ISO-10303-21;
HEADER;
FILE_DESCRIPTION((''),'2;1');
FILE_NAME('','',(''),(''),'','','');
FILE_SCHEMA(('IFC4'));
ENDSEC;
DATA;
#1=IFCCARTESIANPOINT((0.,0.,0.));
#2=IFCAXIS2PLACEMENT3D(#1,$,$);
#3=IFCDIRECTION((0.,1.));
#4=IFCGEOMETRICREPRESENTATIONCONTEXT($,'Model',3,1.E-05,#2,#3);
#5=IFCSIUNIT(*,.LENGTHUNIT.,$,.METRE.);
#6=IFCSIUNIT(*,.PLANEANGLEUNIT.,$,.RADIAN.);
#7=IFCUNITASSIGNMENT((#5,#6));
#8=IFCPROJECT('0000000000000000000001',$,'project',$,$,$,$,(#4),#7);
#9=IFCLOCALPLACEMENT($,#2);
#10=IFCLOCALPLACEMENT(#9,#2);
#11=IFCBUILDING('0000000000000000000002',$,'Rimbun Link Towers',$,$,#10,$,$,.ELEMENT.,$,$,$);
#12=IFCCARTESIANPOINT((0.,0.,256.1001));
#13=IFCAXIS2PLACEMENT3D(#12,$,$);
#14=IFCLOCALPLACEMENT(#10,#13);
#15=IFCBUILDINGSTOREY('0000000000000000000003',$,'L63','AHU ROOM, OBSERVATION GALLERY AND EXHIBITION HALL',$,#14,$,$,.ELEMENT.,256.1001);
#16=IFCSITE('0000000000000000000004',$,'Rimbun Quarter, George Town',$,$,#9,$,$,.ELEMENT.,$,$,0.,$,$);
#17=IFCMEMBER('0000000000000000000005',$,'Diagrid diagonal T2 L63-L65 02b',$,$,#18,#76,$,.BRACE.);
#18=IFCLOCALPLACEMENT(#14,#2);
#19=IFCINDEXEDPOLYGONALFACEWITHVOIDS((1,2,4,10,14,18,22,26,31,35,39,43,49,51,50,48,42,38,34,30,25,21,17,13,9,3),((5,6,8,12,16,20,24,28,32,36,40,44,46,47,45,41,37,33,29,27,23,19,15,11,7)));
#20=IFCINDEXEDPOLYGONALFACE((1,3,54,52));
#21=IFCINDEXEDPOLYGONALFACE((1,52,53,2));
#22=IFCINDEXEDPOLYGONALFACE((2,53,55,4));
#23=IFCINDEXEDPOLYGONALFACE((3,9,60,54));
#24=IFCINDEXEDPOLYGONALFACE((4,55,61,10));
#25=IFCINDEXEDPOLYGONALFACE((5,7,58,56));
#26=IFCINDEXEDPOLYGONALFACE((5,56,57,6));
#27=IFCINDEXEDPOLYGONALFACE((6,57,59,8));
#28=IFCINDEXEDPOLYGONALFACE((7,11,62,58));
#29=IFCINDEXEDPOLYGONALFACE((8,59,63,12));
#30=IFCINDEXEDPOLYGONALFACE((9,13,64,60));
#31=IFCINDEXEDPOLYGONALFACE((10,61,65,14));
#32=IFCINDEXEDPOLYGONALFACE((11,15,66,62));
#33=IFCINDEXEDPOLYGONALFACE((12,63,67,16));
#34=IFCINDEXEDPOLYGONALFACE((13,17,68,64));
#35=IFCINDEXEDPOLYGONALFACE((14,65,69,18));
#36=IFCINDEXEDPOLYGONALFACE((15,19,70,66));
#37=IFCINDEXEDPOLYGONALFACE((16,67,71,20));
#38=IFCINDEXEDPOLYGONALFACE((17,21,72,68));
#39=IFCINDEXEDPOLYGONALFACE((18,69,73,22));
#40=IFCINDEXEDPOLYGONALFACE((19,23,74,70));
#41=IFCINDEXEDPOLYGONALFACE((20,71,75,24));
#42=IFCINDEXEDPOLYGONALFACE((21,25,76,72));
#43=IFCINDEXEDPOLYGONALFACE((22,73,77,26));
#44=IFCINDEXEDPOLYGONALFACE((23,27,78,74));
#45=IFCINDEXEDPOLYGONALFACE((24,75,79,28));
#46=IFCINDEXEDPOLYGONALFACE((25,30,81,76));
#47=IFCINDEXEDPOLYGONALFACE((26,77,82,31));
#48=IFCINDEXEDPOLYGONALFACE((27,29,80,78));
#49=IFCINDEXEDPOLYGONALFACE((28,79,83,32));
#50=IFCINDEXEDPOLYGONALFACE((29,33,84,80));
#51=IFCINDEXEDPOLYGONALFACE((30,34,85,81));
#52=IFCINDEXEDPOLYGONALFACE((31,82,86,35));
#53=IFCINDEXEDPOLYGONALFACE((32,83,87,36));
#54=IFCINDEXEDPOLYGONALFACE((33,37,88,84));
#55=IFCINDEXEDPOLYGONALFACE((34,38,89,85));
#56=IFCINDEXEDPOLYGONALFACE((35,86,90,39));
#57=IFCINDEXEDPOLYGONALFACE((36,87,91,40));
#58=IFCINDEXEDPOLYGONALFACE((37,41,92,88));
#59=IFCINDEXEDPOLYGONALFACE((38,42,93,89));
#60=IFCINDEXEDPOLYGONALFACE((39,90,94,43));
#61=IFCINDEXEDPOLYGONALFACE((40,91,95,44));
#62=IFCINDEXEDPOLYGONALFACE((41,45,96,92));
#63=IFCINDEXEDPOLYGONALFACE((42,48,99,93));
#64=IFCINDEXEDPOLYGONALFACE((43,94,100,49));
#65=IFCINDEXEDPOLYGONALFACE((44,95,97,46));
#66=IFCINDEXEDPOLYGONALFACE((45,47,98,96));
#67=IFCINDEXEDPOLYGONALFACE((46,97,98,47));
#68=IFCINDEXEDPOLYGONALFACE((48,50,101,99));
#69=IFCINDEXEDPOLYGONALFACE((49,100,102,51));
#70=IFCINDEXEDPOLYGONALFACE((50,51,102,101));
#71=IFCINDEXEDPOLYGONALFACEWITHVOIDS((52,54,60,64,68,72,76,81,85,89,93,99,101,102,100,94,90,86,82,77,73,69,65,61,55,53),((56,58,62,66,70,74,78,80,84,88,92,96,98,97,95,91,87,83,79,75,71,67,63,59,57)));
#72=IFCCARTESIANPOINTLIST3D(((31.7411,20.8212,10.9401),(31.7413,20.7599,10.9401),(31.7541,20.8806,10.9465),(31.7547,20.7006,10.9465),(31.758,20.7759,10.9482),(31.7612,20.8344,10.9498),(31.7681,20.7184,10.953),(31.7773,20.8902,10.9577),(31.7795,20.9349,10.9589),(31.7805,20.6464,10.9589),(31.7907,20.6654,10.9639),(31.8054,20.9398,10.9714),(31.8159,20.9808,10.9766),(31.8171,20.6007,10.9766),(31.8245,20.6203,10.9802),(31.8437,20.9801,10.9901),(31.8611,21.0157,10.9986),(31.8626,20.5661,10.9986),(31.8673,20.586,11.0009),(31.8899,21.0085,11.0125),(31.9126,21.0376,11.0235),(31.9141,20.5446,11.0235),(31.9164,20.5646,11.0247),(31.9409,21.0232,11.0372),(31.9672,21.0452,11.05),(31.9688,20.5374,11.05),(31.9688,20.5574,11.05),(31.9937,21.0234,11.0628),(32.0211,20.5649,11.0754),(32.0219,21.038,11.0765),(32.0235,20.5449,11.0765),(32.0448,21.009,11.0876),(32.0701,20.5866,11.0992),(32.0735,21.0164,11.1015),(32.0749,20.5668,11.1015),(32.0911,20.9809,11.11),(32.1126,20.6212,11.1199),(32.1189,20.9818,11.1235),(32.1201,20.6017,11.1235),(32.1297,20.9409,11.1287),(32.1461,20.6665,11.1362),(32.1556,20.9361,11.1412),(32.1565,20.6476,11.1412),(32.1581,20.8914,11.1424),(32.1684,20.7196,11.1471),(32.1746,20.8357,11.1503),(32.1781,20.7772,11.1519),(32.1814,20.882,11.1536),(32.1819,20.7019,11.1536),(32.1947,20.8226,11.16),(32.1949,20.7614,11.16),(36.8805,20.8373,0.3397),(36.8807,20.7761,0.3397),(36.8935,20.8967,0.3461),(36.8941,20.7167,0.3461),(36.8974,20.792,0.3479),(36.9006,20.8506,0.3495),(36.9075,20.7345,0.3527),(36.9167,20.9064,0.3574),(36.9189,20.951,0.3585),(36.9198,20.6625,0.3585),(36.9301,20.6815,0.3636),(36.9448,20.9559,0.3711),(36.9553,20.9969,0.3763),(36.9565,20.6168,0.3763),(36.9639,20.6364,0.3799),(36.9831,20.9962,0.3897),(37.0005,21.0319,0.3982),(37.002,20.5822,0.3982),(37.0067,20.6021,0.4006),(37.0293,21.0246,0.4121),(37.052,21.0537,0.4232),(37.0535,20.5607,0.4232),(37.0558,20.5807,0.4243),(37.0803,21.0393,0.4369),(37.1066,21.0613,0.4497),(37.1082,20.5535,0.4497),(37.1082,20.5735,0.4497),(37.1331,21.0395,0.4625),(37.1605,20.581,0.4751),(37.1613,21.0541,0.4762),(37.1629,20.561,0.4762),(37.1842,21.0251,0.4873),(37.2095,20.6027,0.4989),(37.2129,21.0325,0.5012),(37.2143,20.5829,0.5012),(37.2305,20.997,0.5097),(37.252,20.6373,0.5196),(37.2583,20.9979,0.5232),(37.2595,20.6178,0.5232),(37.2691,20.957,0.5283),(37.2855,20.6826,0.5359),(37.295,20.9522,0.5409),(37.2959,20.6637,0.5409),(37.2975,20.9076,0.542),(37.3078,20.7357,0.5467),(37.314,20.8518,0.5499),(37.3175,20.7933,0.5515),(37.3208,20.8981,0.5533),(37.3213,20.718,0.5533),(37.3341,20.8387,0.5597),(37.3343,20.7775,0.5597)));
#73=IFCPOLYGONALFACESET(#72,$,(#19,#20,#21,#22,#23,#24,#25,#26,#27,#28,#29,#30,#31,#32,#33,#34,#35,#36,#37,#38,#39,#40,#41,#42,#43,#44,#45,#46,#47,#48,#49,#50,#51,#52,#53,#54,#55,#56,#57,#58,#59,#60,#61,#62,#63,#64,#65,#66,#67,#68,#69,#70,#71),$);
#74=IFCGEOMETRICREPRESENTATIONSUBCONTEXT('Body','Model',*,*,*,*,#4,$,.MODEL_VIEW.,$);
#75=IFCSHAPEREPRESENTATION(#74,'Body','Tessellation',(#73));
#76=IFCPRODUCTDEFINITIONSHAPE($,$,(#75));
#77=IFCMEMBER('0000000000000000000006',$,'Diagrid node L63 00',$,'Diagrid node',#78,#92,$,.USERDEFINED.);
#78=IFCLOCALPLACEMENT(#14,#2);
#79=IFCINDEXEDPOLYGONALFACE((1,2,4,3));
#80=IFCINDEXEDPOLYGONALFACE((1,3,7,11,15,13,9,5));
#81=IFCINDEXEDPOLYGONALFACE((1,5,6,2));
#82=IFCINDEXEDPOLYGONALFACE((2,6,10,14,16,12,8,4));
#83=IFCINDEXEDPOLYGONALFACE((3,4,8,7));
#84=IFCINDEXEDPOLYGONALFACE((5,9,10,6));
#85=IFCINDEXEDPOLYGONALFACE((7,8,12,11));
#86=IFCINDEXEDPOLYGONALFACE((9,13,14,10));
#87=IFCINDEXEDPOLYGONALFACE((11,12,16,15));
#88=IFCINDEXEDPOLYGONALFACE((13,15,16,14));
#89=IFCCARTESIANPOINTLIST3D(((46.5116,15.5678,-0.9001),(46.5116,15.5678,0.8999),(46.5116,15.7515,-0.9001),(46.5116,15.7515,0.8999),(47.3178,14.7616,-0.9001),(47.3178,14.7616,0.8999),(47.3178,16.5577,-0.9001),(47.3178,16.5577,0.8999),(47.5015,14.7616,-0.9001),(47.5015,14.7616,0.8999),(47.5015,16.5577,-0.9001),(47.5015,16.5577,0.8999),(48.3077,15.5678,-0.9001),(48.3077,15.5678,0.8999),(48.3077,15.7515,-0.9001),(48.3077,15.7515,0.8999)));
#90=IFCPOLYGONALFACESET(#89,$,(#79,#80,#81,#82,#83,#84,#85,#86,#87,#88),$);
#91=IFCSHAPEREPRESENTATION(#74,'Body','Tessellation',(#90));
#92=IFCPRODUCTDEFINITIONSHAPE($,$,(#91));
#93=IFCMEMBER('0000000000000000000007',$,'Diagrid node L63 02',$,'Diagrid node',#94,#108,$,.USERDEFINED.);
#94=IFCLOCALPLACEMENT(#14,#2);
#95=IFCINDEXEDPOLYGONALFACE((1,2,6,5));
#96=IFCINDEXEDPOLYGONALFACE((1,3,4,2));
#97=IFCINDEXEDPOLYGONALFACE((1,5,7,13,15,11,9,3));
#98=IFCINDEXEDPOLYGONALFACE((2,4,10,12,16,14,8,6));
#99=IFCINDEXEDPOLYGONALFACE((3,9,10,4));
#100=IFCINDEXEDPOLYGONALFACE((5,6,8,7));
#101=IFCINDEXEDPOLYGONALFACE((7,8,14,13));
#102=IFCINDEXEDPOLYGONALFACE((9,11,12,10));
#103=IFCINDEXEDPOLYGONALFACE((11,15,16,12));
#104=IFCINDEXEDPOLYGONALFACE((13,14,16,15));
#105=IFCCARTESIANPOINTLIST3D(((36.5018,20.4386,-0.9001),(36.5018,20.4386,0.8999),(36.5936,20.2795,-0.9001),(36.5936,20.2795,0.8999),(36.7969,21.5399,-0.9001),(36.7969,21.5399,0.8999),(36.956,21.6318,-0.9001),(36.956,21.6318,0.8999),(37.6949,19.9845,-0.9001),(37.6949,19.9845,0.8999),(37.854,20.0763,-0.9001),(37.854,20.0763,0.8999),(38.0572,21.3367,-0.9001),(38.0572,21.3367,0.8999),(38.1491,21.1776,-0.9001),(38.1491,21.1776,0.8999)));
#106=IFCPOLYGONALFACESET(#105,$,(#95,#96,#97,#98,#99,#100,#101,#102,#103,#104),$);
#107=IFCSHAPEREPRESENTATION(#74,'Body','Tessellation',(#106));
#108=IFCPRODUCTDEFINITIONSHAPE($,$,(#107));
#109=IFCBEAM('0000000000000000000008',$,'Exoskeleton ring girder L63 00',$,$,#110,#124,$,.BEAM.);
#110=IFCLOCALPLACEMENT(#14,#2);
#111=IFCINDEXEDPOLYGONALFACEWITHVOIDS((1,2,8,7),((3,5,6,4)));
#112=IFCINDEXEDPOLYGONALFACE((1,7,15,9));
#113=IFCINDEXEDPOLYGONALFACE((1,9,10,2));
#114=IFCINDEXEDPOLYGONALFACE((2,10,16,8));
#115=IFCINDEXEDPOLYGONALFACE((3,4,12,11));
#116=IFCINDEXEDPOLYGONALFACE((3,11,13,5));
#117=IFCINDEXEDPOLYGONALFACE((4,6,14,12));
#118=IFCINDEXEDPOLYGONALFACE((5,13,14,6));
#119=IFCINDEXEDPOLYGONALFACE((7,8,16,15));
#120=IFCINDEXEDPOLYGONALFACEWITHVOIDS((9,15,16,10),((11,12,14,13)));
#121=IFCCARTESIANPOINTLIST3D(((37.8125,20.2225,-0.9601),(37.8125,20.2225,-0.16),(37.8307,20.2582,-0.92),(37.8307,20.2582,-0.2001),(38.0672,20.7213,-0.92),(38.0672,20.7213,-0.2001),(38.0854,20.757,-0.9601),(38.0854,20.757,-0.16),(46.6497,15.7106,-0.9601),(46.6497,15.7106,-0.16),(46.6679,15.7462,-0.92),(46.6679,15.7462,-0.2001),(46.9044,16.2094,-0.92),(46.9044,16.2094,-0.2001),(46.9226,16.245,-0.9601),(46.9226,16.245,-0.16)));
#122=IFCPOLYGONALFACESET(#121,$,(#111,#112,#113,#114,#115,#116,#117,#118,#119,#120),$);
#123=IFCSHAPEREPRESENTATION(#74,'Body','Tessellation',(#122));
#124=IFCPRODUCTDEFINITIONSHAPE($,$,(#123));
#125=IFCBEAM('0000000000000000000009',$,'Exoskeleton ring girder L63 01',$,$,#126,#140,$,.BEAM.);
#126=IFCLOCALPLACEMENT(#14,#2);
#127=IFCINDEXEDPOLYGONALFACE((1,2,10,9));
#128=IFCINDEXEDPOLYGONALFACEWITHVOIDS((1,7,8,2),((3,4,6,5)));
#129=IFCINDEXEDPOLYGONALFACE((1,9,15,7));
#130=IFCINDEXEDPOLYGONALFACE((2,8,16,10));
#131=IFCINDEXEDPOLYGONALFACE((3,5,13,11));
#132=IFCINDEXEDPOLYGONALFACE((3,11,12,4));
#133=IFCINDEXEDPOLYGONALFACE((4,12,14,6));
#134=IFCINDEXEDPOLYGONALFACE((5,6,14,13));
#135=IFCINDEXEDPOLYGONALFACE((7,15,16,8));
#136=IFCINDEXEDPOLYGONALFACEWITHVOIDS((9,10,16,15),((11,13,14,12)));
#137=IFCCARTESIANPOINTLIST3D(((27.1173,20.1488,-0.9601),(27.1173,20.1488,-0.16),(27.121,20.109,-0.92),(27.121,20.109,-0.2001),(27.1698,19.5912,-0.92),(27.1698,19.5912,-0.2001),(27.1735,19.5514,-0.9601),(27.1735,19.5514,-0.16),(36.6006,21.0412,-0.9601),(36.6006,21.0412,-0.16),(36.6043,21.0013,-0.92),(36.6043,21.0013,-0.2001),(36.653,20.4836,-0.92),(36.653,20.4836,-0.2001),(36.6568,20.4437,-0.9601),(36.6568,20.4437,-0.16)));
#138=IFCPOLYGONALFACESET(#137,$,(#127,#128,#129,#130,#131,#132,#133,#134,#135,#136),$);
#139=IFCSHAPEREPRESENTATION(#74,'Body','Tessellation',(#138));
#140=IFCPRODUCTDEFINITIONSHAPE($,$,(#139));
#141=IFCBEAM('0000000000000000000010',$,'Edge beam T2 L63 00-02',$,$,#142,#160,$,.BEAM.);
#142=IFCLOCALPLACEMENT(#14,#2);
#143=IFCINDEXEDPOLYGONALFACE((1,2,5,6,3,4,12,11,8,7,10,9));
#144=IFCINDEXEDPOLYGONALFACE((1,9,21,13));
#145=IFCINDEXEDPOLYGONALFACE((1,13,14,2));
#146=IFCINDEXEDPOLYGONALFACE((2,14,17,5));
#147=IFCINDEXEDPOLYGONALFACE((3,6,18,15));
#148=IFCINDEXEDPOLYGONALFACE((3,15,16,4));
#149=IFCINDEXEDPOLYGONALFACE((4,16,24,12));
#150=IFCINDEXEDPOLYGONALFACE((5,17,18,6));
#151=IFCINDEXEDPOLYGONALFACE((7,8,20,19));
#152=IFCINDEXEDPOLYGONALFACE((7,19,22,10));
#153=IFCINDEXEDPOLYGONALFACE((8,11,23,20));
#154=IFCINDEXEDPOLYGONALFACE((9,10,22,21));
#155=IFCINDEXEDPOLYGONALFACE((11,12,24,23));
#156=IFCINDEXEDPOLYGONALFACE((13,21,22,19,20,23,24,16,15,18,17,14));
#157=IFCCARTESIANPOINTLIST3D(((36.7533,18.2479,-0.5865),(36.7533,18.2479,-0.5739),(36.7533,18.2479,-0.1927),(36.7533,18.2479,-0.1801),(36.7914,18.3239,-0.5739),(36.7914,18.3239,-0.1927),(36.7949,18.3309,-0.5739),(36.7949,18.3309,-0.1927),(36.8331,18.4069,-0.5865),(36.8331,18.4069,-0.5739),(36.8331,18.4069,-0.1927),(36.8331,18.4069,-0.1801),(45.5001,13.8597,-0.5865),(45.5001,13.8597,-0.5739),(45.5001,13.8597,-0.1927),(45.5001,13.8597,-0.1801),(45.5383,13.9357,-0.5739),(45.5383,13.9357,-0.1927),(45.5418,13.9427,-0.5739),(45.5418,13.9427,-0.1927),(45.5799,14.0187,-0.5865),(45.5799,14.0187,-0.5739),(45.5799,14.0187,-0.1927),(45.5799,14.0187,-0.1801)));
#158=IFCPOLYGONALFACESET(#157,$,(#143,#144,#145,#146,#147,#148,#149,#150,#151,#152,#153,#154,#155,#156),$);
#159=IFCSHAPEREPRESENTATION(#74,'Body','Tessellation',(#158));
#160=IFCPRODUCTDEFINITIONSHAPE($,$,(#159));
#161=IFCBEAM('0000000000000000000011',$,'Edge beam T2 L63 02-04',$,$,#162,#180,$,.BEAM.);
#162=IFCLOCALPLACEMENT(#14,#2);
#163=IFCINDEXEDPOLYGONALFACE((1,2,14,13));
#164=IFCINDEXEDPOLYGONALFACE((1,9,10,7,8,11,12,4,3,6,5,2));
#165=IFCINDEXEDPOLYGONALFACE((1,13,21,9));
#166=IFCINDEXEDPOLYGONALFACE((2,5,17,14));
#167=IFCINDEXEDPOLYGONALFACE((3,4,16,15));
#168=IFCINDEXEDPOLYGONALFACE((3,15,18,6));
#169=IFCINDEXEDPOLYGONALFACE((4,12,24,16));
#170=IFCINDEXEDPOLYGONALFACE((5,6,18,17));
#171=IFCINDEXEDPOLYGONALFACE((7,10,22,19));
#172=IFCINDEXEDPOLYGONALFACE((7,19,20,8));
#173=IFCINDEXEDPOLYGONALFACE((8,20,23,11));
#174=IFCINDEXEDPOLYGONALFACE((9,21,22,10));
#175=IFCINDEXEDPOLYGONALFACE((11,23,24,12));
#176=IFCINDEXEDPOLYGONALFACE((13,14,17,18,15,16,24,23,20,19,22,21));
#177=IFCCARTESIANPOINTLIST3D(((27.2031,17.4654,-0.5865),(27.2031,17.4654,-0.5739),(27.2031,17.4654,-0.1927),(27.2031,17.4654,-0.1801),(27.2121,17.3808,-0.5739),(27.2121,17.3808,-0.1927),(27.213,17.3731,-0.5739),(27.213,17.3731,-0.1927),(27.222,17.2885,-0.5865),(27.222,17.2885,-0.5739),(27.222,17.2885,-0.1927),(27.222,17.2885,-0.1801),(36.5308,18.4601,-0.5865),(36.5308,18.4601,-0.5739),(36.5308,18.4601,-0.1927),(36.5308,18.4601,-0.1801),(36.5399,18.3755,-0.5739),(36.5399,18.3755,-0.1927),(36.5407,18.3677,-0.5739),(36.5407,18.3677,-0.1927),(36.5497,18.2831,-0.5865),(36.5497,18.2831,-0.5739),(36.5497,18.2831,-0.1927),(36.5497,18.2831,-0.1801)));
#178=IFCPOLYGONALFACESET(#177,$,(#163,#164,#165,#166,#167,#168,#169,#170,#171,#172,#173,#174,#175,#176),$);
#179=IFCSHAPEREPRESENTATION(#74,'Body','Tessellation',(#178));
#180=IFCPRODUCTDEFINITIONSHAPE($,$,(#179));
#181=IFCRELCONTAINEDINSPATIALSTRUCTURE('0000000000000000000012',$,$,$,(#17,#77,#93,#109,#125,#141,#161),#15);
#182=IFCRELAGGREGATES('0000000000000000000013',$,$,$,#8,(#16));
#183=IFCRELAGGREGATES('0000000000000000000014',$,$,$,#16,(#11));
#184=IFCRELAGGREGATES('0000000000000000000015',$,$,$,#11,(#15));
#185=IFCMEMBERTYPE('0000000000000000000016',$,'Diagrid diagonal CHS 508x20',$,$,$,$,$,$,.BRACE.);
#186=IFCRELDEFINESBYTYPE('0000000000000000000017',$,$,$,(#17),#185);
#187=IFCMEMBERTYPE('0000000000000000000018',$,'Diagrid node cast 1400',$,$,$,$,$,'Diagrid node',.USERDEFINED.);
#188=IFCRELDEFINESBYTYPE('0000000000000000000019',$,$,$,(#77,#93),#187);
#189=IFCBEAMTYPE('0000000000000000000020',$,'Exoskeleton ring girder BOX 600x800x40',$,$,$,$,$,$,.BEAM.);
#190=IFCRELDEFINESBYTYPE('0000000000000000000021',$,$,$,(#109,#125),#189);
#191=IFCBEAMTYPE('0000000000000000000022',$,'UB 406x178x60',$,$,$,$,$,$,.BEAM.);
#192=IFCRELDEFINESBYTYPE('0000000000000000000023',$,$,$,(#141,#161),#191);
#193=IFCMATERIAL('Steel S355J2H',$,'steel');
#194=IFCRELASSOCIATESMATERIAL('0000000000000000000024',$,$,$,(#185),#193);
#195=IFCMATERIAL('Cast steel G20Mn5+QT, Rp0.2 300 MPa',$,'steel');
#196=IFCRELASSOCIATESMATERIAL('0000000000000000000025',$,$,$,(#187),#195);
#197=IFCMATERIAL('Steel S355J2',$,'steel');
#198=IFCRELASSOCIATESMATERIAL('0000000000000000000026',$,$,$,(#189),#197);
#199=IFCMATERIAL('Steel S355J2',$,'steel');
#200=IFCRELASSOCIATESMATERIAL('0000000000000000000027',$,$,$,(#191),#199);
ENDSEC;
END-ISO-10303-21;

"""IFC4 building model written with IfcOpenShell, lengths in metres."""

from ifc_helpers import new_model, si_unit, direction, frame, origin, origin_2d, place, context, subcontext, project, spatial, polyline, hollow_rectangle, hollow_circle, i_section, outline, extrude, material, material_profile, profile_set, type_object, element, save


model = new_model("IFC4")

# Units and contexts
model_context = context("Model", 3, precision=1e-05, world=origin(), true_north=direction((0.0, 1.0)))
body_context = subcontext(model_context, "Body", "Model", "MODEL_VIEW")
ifc_project = project(units=[si_unit("LENGTHUNIT", "METRE"), si_unit("PLANEANGLEUNIT", "RADIAN")], contexts=[model_context])

# Site, building, storey
site_placement = place(None, origin())
site = spatial("IfcSite", under=ifc_project, at=site_placement, Name="Rimbun Quarter, George Town", CompositionType="ELEMENT", RefElevation=0.0)
building_placement = place(site_placement, origin())
building = spatial("IfcBuilding", under=site, at=building_placement, Name="Rimbun Link Towers", CompositionType="ELEMENT")
storey_placement = place(building_placement, frame((0.0, 0.0, 256.1001)))
storey = spatial("IfcBuildingStorey", under=building, at=storey_placement, Name="L63", Description="AHU ROOM, OBSERVATION GALLERY AND EXHIBITION HALL", CompositionType="ELEMENT", Elevation=256.1001)

# Members
ifc_material_1 = material(Name="Steel S355J2H", Category="steel")
ifc_material_profile_1 = material_profile(ifc_material_1, hollow_circle(Radius=0.2539, WallThickness=0.02, at=origin_2d()), Name="Diagrid diagonal CHS 508x20")
ifc_profile_set_1 = profile_set([ifc_material_profile_1], Name="Steel S355J2H")
member_type_1 = type_object("IfcMemberType", Name="Diagrid diagonal CHS 508x20", PredefinedType="BRACE", material=ifc_profile_set_1)
member_1_placement = place(storey_placement, frame((37.1074, 20.8074, 0.4497), z_axis=(-0.436262, -0.001368, 0.899818), x_axis=(0.003135, -0.999995, 0.0)))
element("IfcMember", 1, at=member_1_placement, inside=storey, type_object=member_type_1, Name="Diagrid diagonal T2 L63-L65 02b", PredefinedType="BRACE", context=body_context, shape_type="SweptSolid", body=[
    extrude(hollow_circle(Radius=0.2539, WallThickness=0.02, at=origin_2d()), origin(), (0.0, 0.0, 1.0), 11.7805),
])
ifc_material_2 = material(Name="Cast steel G20Mn5+QT, Rp0.2 300 MPa", Category="steel")
ifc_material_profile_2 = material_profile(ifc_material_2, outline(polyline([(0.7, -0.5701), (0.7, 0.5701), (0.5701, 0.7), (-0.5701, 0.7), (-0.7, 0.5701), (-0.7, -0.5701), (-0.5701, -0.7), (0.5701, -0.7), (0.7, -0.5701)])), Name="NODE 1400x1400")
ifc_profile_set_2 = profile_set([ifc_material_profile_2], Name="Cast steel G20Mn5+QT, Rp0.2 300 MPa")
member_type_2 = type_object("IfcMemberType", Name="Diagrid node cast 1400", ElementType="Diagrid node", PredefinedType="USERDEFINED", material=ifc_profile_set_2)
for number, where, z_axis, x_axis, name in (
    (2, (47.4097, 15.6597, -0.9001), (0.0, 0.0, 1.0), (0.707107, 0.707107, 0.0), "Diagrid node L63 00"),
    (3, (37.3254, 20.8081, -0.9001), (0.0, 0.0, 1.0), (0.258819, 0.965926, 0.0), "Diagrid node L63 02"),
):
    element("IfcMember", number, at=place(storey_placement, frame(where, z_axis=z_axis, x_axis=x_axis)), inside=storey, type_object=member_type_2, Name=name, ObjectType="Diagrid node", PredefinedType="USERDEFINED", context=body_context, shape_type="SweptSolid", body=[
        extrude(outline(polyline([(0.7, -0.5701), (0.7, 0.5701), (0.5701, 0.7), (-0.5701, 0.7), (-0.7, 0.5701), (-0.7, -0.5701), (-0.5701, -0.7), (0.5701, -0.7), (0.7, -0.5701)])), origin(), (0.0, 0.0, 1.0), 1.8),
    ])

# Beams
ifc_material_3 = material(Name="Steel S355J2", Category="steel")
ifc_material_profile_3 = material_profile(ifc_material_3, hollow_rectangle(XDim=0.6001, YDim=0.8, WallThickness=0.04, at=origin_2d()), Name="Exoskeleton ring girder BOX 600x800x40")
ifc_profile_set_3 = profile_set([ifc_material_profile_3], Name="Steel S355J2")
beam_type_1 = type_object("IfcBeamType", Name="Exoskeleton ring girder BOX 600x800x40", PredefinedType="BEAM", material=ifc_profile_set_3)
beam_1_placement = place(storey_placement, frame((46.7861, 15.9778, -0.5601), z_axis=(-0.890631, 0.454727, 0.0), x_axis=(-0.454727, -0.890631, 0.0)))
element("IfcBeam", 4, at=beam_1_placement, inside=storey, type_object=beam_type_1, Name="Exoskeleton ring girder L63 00", PredefinedType="BEAM", context=body_context, shape_type="SweptSolid", body=[
    extrude(hollow_rectangle(XDim=0.6001, YDim=0.8, WallThickness=0.04, at=origin_2d()), origin(), (0.0, 0.0, 1.0), 9.9224),
])
beam_2_placement = place(storey_placement, frame((36.6287, 20.7424, -0.5601), z_axis=(-0.995602, -0.093683, 0.0), x_axis=(0.093683, -0.995602, 0.0)))
element("IfcBeam", 5, at=beam_2_placement, inside=storey, type_object=beam_type_1, Name="Exoskeleton ring girder L63 01", PredefinedType="BEAM", context=body_context, shape_type="SweptSolid", body=[
    extrude(hollow_rectangle(XDim=0.6001, YDim=0.8, WallThickness=0.04, at=origin_2d()), origin(), (0.0, 0.0, 1.0), 9.5251),
])
ifc_material_4 = material(Name="Steel S355J2", Category="steel")
ifc_material_profile_4 = material_profile(ifc_material_4, i_section(OverallWidth=0.178, OverallDepth=0.4065, WebThickness=0.0078, FlangeThickness=0.0127, at=origin_2d()), Name="UB 406x178x60")
ifc_profile_set_4 = profile_set([ifc_material_profile_4], Name="Steel S355J2")
beam_type_2 = type_object("IfcBeamType", Name="UB 406x178x60", PredefinedType="BEAM", material=ifc_profile_set_4)
beam_3_placement = place(storey_placement, frame((45.54, 13.9392, -0.3833), z_axis=(-0.893823, 0.448421, 0.0), x_axis=(-0.448421, -0.893823, 0.0)))
element("IfcBeam", 6, at=beam_3_placement, inside=storey, type_object=beam_type_2, Name="Edge beam T2 L63 00-02", PredefinedType="BEAM", context=body_context, shape_type="SweptSolid", body=[
    extrude(i_section(OverallWidth=0.178, OverallDepth=0.4065, WebThickness=0.0078, FlangeThickness=0.0127, at=origin_2d()), origin(), (0.0, 0.0, 1.0), 9.7859),
])
beam_4_placement = place(storey_placement, frame((36.5403, 18.3716, -0.3833), z_axis=(-0.994363, -0.106031, 0.0), x_axis=(0.106031, -0.994363, 0.0)))
element("IfcBeam", 7, at=beam_4_placement, inside=storey, type_object=beam_type_2, Name="Edge beam T2 L63 02-04", PredefinedType="BEAM", context=body_context, shape_type="SweptSolid", body=[
    extrude(i_section(OverallWidth=0.178, OverallDepth=0.4065, WebThickness=0.0078, FlangeThickness=0.0127, at=origin_2d()), origin(), (0.0, 0.0, 1.0), 9.3806),
])

save(model, "model.ifc")
